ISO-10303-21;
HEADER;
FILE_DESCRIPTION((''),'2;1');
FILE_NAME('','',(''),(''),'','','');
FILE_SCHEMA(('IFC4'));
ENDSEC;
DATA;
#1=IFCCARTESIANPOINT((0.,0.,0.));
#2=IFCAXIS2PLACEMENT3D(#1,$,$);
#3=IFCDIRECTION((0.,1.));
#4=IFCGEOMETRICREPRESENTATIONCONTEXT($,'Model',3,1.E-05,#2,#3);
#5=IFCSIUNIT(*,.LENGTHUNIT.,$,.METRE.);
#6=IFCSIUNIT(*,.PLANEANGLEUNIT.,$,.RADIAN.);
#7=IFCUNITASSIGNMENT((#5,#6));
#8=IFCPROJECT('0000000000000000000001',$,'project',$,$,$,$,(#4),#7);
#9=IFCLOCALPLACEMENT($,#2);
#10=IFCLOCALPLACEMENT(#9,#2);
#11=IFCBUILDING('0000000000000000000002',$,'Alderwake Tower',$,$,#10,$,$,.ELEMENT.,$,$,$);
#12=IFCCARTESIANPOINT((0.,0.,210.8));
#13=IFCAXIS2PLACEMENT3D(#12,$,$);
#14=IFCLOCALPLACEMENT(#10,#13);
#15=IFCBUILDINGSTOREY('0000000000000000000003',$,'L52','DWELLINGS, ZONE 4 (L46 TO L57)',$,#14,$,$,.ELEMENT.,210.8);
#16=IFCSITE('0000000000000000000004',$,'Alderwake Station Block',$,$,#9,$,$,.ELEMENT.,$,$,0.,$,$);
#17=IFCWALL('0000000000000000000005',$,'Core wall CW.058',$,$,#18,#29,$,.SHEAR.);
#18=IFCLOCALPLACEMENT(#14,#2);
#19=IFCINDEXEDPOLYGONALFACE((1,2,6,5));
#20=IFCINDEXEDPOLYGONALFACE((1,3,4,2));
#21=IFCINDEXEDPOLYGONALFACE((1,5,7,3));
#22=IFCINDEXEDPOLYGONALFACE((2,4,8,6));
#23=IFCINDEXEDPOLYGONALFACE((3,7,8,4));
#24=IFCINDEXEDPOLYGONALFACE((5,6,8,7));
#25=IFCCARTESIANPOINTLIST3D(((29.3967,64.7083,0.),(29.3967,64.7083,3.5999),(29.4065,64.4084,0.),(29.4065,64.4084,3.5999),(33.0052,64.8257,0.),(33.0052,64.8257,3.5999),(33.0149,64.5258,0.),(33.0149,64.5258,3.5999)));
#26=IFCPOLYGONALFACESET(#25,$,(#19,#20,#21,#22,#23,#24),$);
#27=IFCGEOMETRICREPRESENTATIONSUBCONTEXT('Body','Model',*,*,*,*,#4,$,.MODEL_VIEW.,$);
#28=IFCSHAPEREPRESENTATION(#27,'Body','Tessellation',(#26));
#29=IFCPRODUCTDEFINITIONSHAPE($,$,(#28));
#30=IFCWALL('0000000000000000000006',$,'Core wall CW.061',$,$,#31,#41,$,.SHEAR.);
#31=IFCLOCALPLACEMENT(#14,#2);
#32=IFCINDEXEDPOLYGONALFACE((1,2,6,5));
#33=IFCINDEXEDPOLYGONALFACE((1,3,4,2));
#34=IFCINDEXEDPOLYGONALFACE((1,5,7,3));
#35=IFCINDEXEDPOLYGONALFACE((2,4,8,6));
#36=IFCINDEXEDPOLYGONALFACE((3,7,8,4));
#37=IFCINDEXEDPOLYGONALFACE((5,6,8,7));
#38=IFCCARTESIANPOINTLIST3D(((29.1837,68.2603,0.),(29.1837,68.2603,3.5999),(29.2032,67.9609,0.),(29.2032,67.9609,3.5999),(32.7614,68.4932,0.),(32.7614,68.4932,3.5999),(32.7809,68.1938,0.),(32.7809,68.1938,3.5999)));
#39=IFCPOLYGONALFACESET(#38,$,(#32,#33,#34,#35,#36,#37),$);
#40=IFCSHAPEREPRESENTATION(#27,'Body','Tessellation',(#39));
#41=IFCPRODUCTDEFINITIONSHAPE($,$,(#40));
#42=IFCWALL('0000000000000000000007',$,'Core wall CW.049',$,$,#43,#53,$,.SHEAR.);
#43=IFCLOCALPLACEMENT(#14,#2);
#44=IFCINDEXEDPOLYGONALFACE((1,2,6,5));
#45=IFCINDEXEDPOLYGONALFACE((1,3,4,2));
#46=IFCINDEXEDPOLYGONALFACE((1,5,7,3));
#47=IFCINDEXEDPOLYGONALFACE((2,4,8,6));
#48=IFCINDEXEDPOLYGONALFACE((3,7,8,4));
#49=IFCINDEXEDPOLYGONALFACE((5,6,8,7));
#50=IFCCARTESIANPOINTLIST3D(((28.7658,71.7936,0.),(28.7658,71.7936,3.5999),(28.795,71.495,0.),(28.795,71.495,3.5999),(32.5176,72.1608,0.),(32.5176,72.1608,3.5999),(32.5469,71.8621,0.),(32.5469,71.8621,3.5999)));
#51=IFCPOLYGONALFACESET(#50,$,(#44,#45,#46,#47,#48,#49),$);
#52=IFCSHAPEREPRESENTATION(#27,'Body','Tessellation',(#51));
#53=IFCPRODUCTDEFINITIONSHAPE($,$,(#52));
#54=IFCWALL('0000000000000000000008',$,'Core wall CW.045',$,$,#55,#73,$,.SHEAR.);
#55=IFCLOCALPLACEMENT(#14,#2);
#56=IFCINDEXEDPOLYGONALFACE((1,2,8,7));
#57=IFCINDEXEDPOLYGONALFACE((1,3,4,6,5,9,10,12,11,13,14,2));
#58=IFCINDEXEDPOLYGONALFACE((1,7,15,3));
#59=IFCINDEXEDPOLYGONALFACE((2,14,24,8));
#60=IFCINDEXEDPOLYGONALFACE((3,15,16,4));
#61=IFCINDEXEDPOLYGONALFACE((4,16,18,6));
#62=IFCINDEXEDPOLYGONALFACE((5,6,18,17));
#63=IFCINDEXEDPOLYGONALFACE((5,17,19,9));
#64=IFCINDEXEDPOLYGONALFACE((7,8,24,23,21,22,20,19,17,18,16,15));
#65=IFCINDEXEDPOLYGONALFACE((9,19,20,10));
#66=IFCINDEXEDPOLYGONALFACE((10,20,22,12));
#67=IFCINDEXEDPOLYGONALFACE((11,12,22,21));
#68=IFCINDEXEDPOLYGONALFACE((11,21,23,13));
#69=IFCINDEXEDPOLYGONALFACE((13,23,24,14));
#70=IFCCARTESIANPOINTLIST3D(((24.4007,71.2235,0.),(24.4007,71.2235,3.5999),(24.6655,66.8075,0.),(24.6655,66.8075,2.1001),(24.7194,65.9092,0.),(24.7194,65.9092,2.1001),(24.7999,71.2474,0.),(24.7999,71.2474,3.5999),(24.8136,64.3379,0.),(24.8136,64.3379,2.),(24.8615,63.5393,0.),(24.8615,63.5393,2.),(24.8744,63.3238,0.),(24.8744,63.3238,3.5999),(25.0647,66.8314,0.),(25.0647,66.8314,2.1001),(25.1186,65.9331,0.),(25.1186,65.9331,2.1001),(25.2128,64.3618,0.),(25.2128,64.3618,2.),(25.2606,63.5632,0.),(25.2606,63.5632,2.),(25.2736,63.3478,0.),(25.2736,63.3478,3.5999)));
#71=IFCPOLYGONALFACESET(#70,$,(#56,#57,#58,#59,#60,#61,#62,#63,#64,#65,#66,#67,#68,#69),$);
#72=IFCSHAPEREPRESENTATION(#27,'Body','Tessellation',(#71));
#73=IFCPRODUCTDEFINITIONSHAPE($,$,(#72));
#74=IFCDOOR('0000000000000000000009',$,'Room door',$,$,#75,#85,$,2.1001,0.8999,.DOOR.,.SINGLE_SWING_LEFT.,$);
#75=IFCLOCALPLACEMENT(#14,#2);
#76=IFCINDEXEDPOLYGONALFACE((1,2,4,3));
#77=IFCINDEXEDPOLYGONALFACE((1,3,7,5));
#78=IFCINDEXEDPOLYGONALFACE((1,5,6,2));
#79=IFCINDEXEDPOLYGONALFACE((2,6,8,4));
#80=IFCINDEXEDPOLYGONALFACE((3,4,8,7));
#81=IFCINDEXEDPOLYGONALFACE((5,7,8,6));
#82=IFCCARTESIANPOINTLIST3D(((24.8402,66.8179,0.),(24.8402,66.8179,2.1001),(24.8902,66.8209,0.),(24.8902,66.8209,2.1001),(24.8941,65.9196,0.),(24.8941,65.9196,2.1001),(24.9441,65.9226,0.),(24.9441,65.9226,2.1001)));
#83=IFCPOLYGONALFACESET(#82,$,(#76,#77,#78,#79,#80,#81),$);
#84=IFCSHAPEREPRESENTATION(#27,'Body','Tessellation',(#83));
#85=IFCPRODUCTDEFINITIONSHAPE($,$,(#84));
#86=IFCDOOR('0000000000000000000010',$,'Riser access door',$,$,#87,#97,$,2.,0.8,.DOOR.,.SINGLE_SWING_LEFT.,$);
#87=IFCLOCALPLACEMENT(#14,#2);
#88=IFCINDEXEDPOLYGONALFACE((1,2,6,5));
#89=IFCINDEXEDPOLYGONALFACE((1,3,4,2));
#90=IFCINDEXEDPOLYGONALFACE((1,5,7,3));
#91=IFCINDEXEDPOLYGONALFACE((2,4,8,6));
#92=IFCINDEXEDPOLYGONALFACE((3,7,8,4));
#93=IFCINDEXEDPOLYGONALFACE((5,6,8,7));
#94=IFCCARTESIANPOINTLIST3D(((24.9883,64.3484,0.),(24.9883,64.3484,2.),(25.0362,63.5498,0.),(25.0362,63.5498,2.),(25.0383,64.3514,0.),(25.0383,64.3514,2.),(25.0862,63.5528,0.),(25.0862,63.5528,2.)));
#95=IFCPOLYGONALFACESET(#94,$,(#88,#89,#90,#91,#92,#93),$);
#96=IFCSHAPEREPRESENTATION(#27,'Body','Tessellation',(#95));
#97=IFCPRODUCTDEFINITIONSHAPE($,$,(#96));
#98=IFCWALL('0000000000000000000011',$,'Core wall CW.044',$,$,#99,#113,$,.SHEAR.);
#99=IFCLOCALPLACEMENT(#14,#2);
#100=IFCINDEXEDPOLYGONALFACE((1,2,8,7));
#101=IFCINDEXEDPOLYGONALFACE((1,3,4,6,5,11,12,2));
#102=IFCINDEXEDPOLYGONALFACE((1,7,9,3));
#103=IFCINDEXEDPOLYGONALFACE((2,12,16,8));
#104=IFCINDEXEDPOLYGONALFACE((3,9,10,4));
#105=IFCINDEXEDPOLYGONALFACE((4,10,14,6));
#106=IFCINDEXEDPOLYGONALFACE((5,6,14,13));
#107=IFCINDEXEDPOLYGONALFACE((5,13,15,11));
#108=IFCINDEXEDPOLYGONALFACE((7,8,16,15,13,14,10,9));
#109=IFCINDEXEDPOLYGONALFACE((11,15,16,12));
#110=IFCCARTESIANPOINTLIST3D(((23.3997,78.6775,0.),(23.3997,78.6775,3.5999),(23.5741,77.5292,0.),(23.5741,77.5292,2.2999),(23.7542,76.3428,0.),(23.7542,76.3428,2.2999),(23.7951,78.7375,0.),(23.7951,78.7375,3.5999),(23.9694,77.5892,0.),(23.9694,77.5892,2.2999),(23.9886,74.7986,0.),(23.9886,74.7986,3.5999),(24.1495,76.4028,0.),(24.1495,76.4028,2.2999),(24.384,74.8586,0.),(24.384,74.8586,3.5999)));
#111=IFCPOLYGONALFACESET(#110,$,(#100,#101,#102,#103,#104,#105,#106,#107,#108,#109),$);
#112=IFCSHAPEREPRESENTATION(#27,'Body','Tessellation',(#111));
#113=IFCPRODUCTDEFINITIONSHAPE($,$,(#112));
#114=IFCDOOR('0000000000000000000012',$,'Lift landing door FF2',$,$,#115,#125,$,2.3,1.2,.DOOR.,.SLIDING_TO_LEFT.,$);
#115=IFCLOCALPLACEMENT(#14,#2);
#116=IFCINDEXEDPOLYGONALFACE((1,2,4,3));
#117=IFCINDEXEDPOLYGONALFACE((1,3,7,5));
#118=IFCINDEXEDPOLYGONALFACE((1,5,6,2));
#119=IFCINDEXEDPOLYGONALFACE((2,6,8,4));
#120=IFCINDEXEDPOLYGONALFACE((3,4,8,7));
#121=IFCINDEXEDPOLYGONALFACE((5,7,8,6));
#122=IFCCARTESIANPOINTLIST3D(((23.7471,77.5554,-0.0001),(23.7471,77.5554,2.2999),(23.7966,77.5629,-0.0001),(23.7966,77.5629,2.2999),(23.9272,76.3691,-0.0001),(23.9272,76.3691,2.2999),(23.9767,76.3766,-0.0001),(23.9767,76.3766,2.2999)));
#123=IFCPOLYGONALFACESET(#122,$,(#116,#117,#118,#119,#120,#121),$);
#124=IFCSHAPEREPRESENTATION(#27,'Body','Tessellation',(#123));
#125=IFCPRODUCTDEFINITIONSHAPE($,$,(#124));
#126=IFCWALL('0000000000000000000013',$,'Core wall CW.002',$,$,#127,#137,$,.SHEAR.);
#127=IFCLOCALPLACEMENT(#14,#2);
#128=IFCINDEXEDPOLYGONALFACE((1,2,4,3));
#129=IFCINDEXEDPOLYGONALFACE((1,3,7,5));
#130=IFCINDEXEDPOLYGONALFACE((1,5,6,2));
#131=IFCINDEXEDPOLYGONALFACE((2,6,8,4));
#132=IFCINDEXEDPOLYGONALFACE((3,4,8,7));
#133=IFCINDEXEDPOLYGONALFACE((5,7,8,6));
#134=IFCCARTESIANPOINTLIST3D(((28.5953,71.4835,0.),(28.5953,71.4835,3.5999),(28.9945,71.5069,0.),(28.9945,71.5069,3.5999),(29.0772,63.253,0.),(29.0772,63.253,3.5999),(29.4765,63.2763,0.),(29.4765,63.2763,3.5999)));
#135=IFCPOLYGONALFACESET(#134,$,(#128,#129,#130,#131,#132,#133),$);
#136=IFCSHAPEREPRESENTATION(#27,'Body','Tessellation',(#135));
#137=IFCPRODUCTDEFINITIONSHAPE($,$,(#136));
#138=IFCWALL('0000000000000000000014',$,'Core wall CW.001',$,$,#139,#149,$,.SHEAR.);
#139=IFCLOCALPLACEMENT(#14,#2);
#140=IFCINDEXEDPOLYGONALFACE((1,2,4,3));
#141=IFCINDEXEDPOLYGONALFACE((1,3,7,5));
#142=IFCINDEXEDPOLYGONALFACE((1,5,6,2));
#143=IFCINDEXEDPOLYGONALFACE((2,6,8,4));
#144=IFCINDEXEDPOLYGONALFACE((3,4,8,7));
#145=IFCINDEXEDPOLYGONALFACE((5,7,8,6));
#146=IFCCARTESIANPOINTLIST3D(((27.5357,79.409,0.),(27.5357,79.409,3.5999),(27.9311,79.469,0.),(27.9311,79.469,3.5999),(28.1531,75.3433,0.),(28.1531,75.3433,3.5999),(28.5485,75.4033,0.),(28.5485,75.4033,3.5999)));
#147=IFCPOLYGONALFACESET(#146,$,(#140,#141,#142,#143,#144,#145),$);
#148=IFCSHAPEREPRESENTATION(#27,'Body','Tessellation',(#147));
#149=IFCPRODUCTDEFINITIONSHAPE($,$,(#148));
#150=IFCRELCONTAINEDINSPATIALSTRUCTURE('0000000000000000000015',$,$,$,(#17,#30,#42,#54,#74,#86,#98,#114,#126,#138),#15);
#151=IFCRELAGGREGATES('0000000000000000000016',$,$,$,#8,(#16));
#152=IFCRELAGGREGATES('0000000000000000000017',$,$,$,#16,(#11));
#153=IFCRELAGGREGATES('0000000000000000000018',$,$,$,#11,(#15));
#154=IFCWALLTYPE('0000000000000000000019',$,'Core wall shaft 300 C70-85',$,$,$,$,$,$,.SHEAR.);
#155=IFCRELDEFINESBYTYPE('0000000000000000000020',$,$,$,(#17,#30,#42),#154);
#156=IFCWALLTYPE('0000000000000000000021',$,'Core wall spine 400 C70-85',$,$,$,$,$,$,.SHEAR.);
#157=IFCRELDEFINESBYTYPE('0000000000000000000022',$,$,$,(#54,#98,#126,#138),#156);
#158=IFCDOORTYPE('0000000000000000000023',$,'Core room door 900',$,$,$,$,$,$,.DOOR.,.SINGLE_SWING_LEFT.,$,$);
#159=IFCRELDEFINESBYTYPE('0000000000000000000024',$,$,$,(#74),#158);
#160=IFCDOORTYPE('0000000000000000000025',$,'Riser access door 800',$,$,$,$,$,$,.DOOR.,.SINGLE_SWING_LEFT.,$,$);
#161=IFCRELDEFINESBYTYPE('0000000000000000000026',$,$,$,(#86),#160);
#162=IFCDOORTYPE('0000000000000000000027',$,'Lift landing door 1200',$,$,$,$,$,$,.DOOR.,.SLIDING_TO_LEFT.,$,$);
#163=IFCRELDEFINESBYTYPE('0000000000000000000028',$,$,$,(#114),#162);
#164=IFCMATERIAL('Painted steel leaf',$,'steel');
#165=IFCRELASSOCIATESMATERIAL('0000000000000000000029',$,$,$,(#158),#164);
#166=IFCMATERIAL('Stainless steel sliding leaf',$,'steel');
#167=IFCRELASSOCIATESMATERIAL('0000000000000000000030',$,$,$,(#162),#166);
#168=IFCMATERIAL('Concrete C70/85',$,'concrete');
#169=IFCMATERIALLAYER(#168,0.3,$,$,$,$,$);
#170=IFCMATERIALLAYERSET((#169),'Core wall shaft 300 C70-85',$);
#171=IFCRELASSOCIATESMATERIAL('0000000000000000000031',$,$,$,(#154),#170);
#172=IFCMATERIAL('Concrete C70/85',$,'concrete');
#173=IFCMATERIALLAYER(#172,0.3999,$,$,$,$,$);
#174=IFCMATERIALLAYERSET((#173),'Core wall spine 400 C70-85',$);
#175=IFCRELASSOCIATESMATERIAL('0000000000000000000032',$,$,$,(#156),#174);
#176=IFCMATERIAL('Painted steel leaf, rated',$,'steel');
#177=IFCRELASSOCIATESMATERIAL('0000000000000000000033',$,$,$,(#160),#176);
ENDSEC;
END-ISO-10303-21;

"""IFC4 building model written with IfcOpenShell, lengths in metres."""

from ifc_helpers import new_model, si_unit, direction, frame, frame_2d, origin, place, context, subcontext, project, spatial, rectangle, extrude, material, layer, layer_set, type_object, element, fill, save


model = new_model("IFC4")

# Units and contexts
model_context = context("Model", 3, precision=1e-05, world=origin(), true_north=direction((0.0, 1.0)))
body_context = subcontext(model_context, "Body", "Model", "MODEL_VIEW")
ifc_project = project(units=[si_unit("LENGTHUNIT", "METRE"), si_unit("PLANEANGLEUNIT", "RADIAN")], contexts=[model_context])

# Site, building, storey
site_placement = place(None, origin())
site = spatial("IfcSite", under=ifc_project, at=site_placement, Name="Alderwake Station Block", CompositionType="ELEMENT", RefElevation=0.0)
building_placement = place(site_placement, origin())
building = spatial("IfcBuilding", under=site, at=building_placement, Name="Alderwake Tower", CompositionType="ELEMENT")
storey_placement = place(building_placement, frame((0.0, 0.0, 210.8)))
storey = spatial("IfcBuildingStorey", under=building, at=storey_placement, Name="L52", Description="DWELLINGS, ZONE 4 (L46 TO L57)", CompositionType="ELEMENT", Elevation=210.8)

# Shared definitions
ifc_material_1 = material(Name="Painted steel leaf", Category="steel")
door_type_1 = type_object("IfcDoorType", Name="Core room door 900", OperationType="SINGLE_SWING_LEFT", PredefinedType="DOOR", material=ifc_material_1)

# Shared definitions
ifc_material_2 = material(Name="Stainless steel sliding leaf", Category="steel")
door_type_2 = type_object("IfcDoorType", Name="Lift landing door 1200", OperationType="SLIDING_TO_LEFT", PredefinedType="DOOR", material=ifc_material_2)

# Walls
ifc_material_3 = material(Name="Concrete C70/85", Category="concrete")
ifc_layer_1 = layer(ifc_material_3, 0.3)
ifc_layer_set_1 = layer_set([ifc_layer_1], Name="Core wall shaft 300 C70-85")
wall_type_1 = type_object("IfcWallType", Name="Core wall shaft 300 C70-85", PredefinedType="SHEAR", material=ifc_layer_set_1)
wall_1_placement = place(storey_placement, frame((29.4016, 64.5583, 0.0), z_axis=(0.0, 0.0, 1.0), x_axis=(0.999471, 0.032527, 0.0)))
element("IfcWall", 1, at=wall_1_placement, inside=storey, type_object=wall_type_1, Name="Core wall CW.058", PredefinedType="SHEAR", context=body_context, shape_type="SweptSolid", body=[
    extrude(rectangle(XDim=3.6104, YDim=0.3, at=frame_2d((1.8052, 0.0))), origin(), (0.0, 0.0, 1.0), 3.5999),
])
wall_2_placement = place(storey_placement, frame((29.1936, 68.1106, 0.0), z_axis=(0.0, 0.0, 1.0), x_axis=(0.997888, 0.064964, 0.0)))
element("IfcWall", 2, at=wall_2_placement, inside=storey, type_object=wall_type_1, Name="Core wall CW.061", PredefinedType="SHEAR", context=body_context, shape_type="SweptSolid", body=[
    extrude(rectangle(XDim=3.5852, YDim=0.3, at=frame_2d((1.7925, 0.0))), origin(), (0.0, 0.0, 1.0), 3.5999),
])
wall_3_placement = place(storey_placement, frame((28.7805, 71.6443, 0.0), z_axis=(0.0, 0.0, 1.0), x_axis=(0.995245, 0.0974, 0.0)))
element("IfcWall", 3, at=wall_3_placement, inside=storey, type_object=wall_type_1, Name="Core wall CW.049", PredefinedType="SHEAR", context=body_context, shape_type="SweptSolid", body=[
    extrude(rectangle(XDim=3.7698, YDim=0.3, at=frame_2d((1.8848, 0.0))), origin(), (0.0, 0.0, 1.0), 3.5999),
])

# Wall, openings, doors
ifc_material_4 = material(Name="Concrete C70/85", Category="concrete")
ifc_layer_2 = layer(ifc_material_4, 0.3999)
ifc_layer_set_2 = layer_set([ifc_layer_2], Name="Core wall spine 400 C70-85")
wall_type_2 = type_object("IfcWallType", Name="Core wall spine 400 C70-85", PredefinedType="SHEAR", material=ifc_layer_set_2)
wall_4_placement = place(storey_placement, frame((25.074, 63.3357, 0.0), z_axis=(0.0, 0.0, 1.0), x_axis=(-0.059849, 0.998207, 0.0)))
wall_4 = element("IfcWall", 4, at=wall_4_placement, inside=storey, type_object=wall_type_2, Name="Core wall CW.045", PredefinedType="SHEAR", context=body_context, shape_type="SweptSolid", body=[
    extrude(rectangle(XDim=7.9138, YDim=0.3999, at=frame_2d((3.957, 0.0))), origin(), (0.0, 0.0, 1.0), 3.5999),
])
opening_1_placement = place(wall_4_placement, frame((0.2161, 0.0, 0.0)))
opening_1 = element("IfcOpeningElement", 5, at=opening_1_placement, cuts=wall_4, PredefinedType="OPENING", context=body_context, shape_type="SweptSolid", body=[
    extrude(rectangle(XDim=0.8, YDim=2.0, at=frame_2d((0.3999, 1.0))), frame((0.0, 0.21, 0.0), z_axis=(0.0, -1.0, 0.0), x_axis=(1.0, 0.0, 0.0)), (0.0, 0.0, 1.0), 0.4199),
])
opening_2_placement = place(wall_4_placement, frame((2.5901, 0.0, 0.0)))
opening_2 = element("IfcOpeningElement", 6, at=opening_2_placement, cuts=wall_4, PredefinedType="OPENING", context=body_context, shape_type="SweptSolid", body=[
    extrude(rectangle(XDim=0.8999, YDim=2.1001, at=frame_2d((0.45, 1.05))), frame((0.0, 0.21, 0.0), z_axis=(0.0, -1.0, 0.0), x_axis=(1.0, 0.0, 0.0)), (0.0, 0.0, 1.0), 0.4199),
])
door_1_placement = place(opening_2_placement, origin())
door_1 = element("IfcDoor", 7, at=door_1_placement, inside=storey, type_object=door_type_1, Name="Room door", OperationType="SINGLE_SWING_LEFT", OverallHeight=2.1001, OverallWidth=0.8999, PredefinedType="DOOR", context=body_context, shape_type="SweptSolid", body=[
    extrude(rectangle(XDim=0.8999, YDim=2.1001, at=frame_2d((0.45, 1.05))), frame((0.0, 0.0249, 0.0), z_axis=(0.0, -1.0, 0.0), x_axis=(1.0, 0.0, 0.0)), (0.0, 0.0, 1.0), 0.05),
])
fill(opening_2, door_1)
ifc_material_5 = material(Name="Painted steel leaf, rated", Category="steel")
door_type_3 = type_object("IfcDoorType", Name="Riser access door 800", OperationType="SINGLE_SWING_LEFT", PredefinedType="DOOR", material=ifc_material_5)
door_2_placement = place(opening_1_placement, origin())
door_2 = element("IfcDoor", 8, at=door_2_placement, inside=storey, type_object=door_type_3, Name="Riser access door", OperationType="SINGLE_SWING_LEFT", OverallHeight=2.0, OverallWidth=0.8, PredefinedType="DOOR", context=body_context, shape_type="SweptSolid", body=[
    extrude(rectangle(XDim=0.8, YDim=2.0, at=frame_2d((0.3999, 1.0))), frame((0.0, 0.0249, 0.0), z_axis=(0.0, -1.0, 0.0), x_axis=(1.0, 0.0, 0.0)), (0.0, 0.0, 1.0), 0.05),
])
fill(opening_1, door_2)

# Wall, opening, door
wall_5_placement = place(storey_placement, frame((24.1863, 74.8286, 0.0), z_axis=(0.0, 0.0, 1.0), x_axis=(-0.150093, 0.988672, 0.0)))
wall_5 = element("IfcWall", 9, at=wall_5_placement, inside=storey, type_object=wall_type_2, Name="Core wall CW.044", PredefinedType="SHEAR", context=body_context, shape_type="SweptSolid", body=[
    extrude(rectangle(XDim=3.9233, YDim=0.3999, at=frame_2d((1.9617, 0.0))), origin(), (0.0, 0.0, 1.0), 3.5999),
])
opening_3_placement = place(wall_5_placement, frame((1.5618, 0.0, 0.0)))
opening_3 = element("IfcOpeningElement", 10, at=opening_3_placement, cuts=wall_5, PredefinedType="OPENING", context=body_context, shape_type="SweptSolid", body=[
    extrude(rectangle(XDim=1.2, YDim=2.3, at=frame_2d((0.6001, 1.1499))), frame((0.0, 0.21, 0.0), z_axis=(0.0, -1.0, 0.0), x_axis=(1.0, 0.0, 0.0)), (0.0, 0.0, 1.0), 0.4199),
])
door_3_placement = place(opening_3_placement, origin())
door_3 = element("IfcDoor", 11, at=door_3_placement, inside=storey, type_object=door_type_2, Name="Lift landing door FF2", OperationType="SLIDING_TO_LEFT", OverallHeight=2.3, OverallWidth=1.2, PredefinedType="DOOR", context=body_context, shape_type="SweptSolid", body=[
    extrude(rectangle(XDim=1.2, YDim=2.3, at=frame_2d((0.6001, 1.1499))), frame((0.0, 0.0249, 0.0), z_axis=(0.0, -1.0, 0.0), x_axis=(1.0, 0.0, 0.0)), (0.0, 0.0, 1.0), 0.05),
])
fill(opening_3, door_3)

# Walls
wall_6_placement = place(storey_placement, frame((29.2769, 63.2646, 0.0), z_axis=(0.0, 0.0, 1.0), x_axis=(-0.058455, 0.99829, 0.0)))
element("IfcWall", 12, at=wall_6_placement, inside=storey, type_object=wall_type_2, Name="Core wall CW.002", PredefinedType="SHEAR", context=body_context, shape_type="SweptSolid", body=[
    extrude(rectangle(XDim=8.2446, YDim=0.3999, at=frame_2d((4.1223, 0.0))), origin(), (0.0, 0.0, 1.0), 3.5999),
])
wall_7_placement = place(storey_placement, frame((28.3508, 75.3733, 0.0), z_axis=(0.0, 0.0, 1.0), x_axis=(-0.150143, 0.988664, 0.0)))
element("IfcWall", 13, at=wall_7_placement, inside=storey, type_object=wall_type_2, Name="Core wall CW.001", PredefinedType="SHEAR", context=body_context, shape_type="SweptSolid", body=[
    extrude(rectangle(XDim=4.1123, YDim=0.3999, at=frame_2d((2.0562, 0.0))), origin(), (0.0, 0.0, 1.0), 3.5999),
])

save(model, "model.ifc")
